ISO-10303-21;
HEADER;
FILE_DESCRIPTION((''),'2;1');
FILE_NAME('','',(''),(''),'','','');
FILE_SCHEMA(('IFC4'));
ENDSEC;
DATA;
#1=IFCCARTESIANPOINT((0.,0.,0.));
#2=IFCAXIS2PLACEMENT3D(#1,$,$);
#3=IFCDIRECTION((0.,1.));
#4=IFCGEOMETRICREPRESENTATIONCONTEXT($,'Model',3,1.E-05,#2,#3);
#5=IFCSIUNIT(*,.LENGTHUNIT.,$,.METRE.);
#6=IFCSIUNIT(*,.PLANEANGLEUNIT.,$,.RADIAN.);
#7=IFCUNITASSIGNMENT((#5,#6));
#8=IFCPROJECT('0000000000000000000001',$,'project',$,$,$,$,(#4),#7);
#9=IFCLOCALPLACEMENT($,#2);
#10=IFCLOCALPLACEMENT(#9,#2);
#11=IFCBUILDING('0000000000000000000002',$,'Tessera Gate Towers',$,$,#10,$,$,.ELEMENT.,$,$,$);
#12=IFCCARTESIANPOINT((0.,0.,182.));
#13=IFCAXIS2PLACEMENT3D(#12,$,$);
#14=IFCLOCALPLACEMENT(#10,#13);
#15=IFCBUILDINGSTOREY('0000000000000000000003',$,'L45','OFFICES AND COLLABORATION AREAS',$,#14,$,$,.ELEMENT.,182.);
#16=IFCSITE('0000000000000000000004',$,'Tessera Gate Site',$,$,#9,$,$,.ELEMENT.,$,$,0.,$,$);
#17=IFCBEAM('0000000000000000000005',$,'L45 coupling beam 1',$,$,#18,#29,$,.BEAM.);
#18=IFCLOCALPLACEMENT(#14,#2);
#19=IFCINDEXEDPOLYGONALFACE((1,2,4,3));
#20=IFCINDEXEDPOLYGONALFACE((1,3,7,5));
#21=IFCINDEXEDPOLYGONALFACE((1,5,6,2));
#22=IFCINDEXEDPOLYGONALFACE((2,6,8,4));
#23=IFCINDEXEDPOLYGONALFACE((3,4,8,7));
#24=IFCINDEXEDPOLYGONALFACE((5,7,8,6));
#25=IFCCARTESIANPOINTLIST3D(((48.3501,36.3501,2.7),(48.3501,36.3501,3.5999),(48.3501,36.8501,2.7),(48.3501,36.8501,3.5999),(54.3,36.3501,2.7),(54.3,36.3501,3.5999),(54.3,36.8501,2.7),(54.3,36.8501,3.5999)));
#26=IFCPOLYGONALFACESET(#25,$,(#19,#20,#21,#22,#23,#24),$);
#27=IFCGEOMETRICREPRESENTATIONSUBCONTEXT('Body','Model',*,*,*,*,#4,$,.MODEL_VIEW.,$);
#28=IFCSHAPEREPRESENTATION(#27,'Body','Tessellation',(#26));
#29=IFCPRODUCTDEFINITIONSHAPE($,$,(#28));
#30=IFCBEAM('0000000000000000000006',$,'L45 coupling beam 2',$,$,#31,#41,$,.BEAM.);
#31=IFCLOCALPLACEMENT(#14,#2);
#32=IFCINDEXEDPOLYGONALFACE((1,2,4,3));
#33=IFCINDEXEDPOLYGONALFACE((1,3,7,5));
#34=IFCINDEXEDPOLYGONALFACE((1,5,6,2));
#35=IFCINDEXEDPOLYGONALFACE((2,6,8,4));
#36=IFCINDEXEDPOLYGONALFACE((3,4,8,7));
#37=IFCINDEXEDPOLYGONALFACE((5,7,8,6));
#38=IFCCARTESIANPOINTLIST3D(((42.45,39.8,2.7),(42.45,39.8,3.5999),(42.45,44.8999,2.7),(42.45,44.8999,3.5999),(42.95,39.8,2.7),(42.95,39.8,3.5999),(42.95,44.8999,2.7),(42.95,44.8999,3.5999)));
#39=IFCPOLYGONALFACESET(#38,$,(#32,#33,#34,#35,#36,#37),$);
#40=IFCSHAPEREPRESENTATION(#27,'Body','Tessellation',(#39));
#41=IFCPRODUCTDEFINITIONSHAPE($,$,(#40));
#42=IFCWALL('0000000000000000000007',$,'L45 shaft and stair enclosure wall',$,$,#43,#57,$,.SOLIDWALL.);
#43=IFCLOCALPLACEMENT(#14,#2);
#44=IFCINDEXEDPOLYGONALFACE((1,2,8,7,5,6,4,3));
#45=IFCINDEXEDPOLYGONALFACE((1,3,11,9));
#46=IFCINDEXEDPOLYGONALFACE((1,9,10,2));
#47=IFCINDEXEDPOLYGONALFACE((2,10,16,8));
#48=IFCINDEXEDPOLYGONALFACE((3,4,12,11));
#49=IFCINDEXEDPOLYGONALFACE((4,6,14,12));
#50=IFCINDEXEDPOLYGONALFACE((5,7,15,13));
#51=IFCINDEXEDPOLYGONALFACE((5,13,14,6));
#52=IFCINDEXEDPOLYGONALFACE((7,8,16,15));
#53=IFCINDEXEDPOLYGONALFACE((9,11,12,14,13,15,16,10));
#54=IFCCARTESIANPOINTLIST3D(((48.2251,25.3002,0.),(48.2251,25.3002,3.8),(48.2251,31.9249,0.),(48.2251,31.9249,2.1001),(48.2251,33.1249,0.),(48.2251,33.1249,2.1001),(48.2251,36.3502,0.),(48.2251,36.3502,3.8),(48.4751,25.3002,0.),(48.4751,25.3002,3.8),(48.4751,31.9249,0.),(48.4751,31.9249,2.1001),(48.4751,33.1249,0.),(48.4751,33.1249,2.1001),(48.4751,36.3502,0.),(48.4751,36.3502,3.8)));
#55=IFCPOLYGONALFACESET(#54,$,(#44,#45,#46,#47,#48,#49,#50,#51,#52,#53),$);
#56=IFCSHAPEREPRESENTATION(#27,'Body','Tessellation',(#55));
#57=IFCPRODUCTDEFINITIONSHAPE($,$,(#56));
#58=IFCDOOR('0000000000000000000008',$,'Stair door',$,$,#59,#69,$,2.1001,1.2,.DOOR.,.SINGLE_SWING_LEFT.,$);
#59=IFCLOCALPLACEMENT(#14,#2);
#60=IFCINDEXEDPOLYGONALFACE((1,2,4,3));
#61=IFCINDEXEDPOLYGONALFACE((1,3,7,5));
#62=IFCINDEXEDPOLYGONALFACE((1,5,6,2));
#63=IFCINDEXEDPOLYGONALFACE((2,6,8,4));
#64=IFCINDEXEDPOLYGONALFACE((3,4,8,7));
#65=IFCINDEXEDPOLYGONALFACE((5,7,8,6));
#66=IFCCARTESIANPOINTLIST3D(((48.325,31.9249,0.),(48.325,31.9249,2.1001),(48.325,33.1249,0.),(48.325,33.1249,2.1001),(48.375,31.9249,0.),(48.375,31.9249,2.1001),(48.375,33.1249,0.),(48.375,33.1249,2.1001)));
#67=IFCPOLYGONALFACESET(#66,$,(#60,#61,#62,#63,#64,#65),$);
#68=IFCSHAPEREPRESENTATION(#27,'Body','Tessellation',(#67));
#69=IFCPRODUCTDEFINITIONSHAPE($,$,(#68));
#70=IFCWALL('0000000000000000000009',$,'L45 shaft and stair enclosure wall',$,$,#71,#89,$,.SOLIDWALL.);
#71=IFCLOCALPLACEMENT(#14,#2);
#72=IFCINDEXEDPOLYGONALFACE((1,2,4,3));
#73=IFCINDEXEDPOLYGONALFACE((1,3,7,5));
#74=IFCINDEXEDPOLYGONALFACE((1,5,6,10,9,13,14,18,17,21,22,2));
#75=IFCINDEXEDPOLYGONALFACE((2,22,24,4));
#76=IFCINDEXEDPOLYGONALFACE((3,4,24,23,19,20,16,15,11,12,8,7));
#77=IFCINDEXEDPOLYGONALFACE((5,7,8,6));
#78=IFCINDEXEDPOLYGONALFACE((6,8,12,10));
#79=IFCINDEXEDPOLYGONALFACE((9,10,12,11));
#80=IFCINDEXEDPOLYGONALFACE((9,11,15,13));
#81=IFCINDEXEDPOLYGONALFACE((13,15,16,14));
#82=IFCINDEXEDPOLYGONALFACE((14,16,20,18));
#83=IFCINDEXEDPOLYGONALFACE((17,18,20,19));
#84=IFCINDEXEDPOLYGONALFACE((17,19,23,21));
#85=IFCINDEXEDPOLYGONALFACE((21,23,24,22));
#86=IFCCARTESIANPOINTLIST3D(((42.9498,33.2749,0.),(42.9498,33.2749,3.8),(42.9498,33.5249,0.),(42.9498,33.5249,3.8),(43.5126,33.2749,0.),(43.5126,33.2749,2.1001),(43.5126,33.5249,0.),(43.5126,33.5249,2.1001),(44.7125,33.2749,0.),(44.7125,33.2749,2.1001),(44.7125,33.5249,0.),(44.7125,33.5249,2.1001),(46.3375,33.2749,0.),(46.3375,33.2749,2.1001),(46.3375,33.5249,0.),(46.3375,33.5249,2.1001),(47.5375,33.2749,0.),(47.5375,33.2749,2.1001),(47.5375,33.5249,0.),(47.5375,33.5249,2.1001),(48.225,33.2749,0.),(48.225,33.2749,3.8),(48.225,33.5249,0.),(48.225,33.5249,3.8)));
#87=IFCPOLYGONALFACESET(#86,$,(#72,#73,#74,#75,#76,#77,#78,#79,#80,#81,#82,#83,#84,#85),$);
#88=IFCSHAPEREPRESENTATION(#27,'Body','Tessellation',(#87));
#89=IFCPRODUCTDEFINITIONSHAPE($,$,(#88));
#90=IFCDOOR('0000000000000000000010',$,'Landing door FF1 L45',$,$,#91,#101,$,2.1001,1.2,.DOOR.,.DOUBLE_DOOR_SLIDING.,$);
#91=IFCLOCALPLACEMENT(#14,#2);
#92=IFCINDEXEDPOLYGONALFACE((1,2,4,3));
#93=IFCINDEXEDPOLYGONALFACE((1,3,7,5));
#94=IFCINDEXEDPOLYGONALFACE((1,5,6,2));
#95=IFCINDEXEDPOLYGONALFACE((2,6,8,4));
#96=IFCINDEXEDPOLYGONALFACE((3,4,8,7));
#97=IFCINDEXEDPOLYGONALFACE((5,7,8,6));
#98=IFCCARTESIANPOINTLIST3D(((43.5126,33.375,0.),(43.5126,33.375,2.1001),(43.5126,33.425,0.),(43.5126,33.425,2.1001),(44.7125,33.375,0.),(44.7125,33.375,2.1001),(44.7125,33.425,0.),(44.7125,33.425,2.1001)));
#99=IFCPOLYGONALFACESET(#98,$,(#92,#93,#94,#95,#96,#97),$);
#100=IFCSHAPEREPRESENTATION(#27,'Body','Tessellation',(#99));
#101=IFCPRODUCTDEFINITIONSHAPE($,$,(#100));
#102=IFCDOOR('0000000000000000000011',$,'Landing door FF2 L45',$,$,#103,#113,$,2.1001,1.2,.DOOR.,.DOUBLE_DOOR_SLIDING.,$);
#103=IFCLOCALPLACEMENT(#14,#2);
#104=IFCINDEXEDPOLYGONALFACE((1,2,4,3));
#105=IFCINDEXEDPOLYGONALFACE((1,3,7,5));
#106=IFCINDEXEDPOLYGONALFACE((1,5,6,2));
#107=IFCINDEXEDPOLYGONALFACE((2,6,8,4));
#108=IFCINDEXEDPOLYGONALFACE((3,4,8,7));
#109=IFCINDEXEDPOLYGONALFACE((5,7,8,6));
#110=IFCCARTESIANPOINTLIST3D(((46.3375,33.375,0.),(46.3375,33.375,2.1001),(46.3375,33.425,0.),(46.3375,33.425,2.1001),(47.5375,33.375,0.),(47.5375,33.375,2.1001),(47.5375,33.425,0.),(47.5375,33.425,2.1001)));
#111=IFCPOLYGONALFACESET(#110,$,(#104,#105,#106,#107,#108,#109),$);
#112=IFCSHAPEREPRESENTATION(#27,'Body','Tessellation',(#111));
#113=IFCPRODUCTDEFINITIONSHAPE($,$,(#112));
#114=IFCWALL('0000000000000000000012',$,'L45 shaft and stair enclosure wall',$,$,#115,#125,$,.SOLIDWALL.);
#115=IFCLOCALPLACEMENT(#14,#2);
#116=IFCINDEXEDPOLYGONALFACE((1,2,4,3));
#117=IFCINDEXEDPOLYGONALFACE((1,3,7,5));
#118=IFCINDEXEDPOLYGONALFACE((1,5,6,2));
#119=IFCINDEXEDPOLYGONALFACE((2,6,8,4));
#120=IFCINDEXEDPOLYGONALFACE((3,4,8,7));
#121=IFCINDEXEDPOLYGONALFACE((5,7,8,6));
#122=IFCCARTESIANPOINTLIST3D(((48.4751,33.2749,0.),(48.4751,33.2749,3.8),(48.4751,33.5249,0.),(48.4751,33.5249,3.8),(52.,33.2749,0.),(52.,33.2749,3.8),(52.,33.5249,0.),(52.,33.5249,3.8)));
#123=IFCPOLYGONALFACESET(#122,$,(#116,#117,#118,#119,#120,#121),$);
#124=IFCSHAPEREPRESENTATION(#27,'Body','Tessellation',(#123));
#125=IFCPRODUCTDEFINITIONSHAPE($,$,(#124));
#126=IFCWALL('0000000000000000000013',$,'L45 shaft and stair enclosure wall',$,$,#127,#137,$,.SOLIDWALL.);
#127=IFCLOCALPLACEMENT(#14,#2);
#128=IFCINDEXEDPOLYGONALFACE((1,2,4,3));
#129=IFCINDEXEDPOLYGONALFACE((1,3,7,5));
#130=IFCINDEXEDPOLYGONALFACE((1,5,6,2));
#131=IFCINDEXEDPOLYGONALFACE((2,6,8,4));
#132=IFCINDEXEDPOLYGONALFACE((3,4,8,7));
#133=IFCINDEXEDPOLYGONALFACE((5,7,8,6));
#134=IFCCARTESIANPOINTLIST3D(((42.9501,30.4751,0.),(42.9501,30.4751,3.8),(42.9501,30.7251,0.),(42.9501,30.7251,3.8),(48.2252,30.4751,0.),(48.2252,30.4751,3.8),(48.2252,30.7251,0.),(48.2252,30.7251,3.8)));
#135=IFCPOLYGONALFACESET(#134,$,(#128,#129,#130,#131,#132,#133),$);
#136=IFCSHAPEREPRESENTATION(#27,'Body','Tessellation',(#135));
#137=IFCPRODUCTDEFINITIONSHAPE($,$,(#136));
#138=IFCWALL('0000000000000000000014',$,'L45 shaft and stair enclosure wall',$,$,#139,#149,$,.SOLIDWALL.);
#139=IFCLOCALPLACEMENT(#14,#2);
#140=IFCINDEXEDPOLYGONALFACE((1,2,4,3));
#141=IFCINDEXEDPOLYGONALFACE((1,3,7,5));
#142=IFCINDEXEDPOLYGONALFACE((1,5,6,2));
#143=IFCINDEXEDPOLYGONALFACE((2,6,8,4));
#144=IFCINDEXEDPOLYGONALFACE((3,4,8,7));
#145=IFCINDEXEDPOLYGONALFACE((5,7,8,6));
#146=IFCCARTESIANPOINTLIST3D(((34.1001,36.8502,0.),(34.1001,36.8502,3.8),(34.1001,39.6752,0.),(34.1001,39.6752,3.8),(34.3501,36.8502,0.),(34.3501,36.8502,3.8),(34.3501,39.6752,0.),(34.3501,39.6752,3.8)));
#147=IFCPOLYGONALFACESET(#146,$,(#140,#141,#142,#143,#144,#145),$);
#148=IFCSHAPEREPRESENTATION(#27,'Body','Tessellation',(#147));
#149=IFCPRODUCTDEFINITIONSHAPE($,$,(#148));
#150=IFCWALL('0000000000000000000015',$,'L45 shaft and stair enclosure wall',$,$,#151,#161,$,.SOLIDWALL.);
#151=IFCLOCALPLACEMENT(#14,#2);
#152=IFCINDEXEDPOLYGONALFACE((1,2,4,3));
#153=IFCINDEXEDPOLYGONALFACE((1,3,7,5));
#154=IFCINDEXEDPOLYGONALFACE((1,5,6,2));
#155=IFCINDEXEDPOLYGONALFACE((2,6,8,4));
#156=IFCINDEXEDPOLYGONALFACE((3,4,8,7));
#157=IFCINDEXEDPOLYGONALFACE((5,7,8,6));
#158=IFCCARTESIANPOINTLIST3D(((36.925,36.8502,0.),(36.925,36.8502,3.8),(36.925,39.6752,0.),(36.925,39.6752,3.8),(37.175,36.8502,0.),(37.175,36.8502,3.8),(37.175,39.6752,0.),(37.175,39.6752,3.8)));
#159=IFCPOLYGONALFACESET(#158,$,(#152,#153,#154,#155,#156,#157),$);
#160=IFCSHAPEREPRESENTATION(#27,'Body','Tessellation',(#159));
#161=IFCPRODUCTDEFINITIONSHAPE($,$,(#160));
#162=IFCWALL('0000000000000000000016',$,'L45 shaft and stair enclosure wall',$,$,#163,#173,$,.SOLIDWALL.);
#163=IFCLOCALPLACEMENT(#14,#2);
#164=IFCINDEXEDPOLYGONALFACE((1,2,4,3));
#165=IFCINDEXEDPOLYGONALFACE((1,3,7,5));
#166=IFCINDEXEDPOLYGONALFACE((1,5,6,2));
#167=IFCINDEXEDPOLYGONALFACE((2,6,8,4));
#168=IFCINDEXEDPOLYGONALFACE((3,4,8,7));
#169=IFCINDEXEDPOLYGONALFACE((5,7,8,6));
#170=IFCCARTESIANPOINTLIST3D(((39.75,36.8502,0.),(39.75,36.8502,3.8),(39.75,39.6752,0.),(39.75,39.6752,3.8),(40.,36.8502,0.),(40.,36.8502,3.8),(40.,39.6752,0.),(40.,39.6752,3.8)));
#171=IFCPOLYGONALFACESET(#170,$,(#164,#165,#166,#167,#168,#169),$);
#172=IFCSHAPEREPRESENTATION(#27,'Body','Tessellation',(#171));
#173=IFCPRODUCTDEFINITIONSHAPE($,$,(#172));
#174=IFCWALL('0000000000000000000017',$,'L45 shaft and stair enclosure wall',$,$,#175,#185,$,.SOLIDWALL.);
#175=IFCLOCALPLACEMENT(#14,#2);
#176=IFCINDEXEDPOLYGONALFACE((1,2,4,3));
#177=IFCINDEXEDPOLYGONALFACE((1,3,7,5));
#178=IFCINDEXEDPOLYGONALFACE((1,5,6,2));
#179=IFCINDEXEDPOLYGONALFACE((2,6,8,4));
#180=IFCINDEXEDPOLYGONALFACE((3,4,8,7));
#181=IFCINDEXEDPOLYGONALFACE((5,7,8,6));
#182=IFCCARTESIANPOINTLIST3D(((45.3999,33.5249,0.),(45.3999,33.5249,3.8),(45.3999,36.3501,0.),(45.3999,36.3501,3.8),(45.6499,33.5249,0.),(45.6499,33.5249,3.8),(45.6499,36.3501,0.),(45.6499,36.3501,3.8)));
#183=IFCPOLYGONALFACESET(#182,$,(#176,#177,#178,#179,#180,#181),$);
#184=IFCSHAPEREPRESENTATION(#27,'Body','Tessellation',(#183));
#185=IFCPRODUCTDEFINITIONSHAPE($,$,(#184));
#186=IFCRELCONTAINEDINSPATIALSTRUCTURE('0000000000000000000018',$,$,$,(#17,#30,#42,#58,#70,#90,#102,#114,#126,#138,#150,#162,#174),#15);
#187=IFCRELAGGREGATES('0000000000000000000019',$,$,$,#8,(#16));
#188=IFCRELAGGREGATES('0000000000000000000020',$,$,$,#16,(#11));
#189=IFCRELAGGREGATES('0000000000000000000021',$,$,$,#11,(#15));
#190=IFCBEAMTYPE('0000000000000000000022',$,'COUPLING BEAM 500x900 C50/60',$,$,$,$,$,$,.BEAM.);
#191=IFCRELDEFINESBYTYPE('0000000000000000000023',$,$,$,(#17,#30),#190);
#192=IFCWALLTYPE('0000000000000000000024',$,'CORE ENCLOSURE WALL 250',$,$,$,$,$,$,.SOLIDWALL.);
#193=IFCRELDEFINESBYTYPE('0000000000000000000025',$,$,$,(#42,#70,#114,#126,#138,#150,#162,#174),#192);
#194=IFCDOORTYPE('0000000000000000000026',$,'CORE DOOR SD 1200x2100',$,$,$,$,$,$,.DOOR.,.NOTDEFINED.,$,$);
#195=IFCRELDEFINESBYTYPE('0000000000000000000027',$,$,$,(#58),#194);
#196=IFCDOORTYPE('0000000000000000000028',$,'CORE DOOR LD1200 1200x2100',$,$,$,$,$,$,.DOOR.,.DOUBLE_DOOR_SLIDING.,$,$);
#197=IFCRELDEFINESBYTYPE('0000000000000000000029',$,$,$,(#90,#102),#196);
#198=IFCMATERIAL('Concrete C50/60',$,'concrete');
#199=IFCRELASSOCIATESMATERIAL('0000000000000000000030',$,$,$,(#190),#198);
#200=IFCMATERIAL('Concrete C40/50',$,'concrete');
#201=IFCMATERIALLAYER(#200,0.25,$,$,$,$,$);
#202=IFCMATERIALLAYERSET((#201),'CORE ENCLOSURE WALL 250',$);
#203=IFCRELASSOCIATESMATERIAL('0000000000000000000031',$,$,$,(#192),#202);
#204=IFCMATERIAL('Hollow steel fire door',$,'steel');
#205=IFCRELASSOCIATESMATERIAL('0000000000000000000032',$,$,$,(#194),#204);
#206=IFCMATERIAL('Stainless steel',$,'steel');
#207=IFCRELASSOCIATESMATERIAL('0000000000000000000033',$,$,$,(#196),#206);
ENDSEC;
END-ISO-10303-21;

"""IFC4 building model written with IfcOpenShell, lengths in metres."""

from ifc_helpers import new_model, si_unit, direction, frame, frame_2d, origin, origin_2d, place, context, subcontext, project, spatial, rectangle, extrude, source, transform, mapped, material, layer, layer_set, material_profile, profile_set, type_object, element, fill, save


model = new_model("IFC4")

# Units and contexts
model_context = context("Model", 3, precision=1e-05, world=origin(), true_north=direction((0.0, 1.0)))
body_context = subcontext(model_context, "Body", "Model", "MODEL_VIEW")
ifc_project = project(units=[si_unit("LENGTHUNIT", "METRE"), si_unit("PLANEANGLEUNIT", "RADIAN")], contexts=[model_context])

# Site, building, storey
site_placement = place(None, origin())
site = spatial("IfcSite", under=ifc_project, at=site_placement, Name="Tessera Gate Site", CompositionType="ELEMENT", RefElevation=0.0)
building_placement = place(site_placement, origin())
building = spatial("IfcBuilding", under=site, at=building_placement, Name="Tessera Gate Towers", CompositionType="ELEMENT")
storey_placement = place(building_placement, frame((0.0, 0.0, 182.0)))
storey = spatial("IfcBuildingStorey", under=building, at=storey_placement, Name="L45", Description="OFFICES AND COLLABORATION AREAS", CompositionType="ELEMENT", Elevation=182.0)

# Beams
ifc_material_1 = material(Name="Concrete C50/60", Category="concrete")
ifc_material_profile = material_profile(ifc_material_1, rectangle(XDim=0.5, YDim=0.8999, at=origin_2d()), Name="RC 500x900")
ifc_profile_set = profile_set([ifc_material_profile], Name="Concrete C50/60")
beam_type = type_object("IfcBeamType", Name="COUPLING BEAM 500x900 C50/60", PredefinedType="BEAM", material=ifc_profile_set)
beam_1_placement = place(storey_placement, frame((48.3501, 36.6001, 3.1499), z_axis=(1.0, 0.0, 0.0), x_axis=(0.0, 1.0, 0.0)))
element("IfcBeam", 1, at=beam_1_placement, inside=storey, type_object=beam_type, Name="L45 coupling beam 1", PredefinedType="BEAM", context=body_context, shape_type="SweptSolid", body=[
    extrude(rectangle(XDim=0.5, YDim=0.8999, at=origin_2d()), origin(), (0.0, 0.0, 1.0), 5.95),
])
beam_2_placement = place(storey_placement, frame((42.7, 39.8, 3.1499), z_axis=(0.0, 1.0, 0.0), x_axis=(-1.0, 0.0, 0.0)))
element("IfcBeam", 2, at=beam_2_placement, inside=storey, type_object=beam_type, Name="L45 coupling beam 2", PredefinedType="BEAM", context=body_context, shape_type="SweptSolid", body=[
    extrude(rectangle(XDim=0.5, YDim=0.8999, at=origin_2d()), origin(), (0.0, 0.0, 1.0), 5.0999),
])

# Wall, opening, door
ifc_material_2 = material(Name="Concrete C40/50", Category="concrete")
ifc_layer_1 = layer(ifc_material_2, 0.25)
ifc_layer_set_1 = layer_set([ifc_layer_1], Name="CORE ENCLOSURE WALL 250")
wall_type_1 = type_object("IfcWallType", Name="CORE ENCLOSURE WALL 250", PredefinedType="SOLIDWALL", material=ifc_layer_set_1)
wall_1_placement = place(storey_placement, frame((48.3501, 36.3501, 0.0), z_axis=(0.0, 0.0, 1.0), x_axis=(0.0, -1.0, 0.0)))
wall_1 = element("IfcWall", 3, at=wall_1_placement, inside=storey, type_object=wall_type_1, Name="L45 shaft and stair enclosure wall", PredefinedType="SOLIDWALL", context=body_context, shape_type="SweptSolid", body=[
    extrude(rectangle(XDim=11.05, YDim=0.25, at=frame_2d((5.5249, 0.0))), origin(), (0.0, 0.0, 1.0), 3.8),
])
shared_shape_1 = source(origin(), body_context, "Body", "SweptSolid", [
    extrude(rectangle(XDim=1.2, YDim=2.1001, at=frame_2d((0.6001, 1.05))), frame((0.0, 0.135, 0.0), z_axis=(0.0, -1.0, 0.0), x_axis=(1.0, 0.0, 0.0)), (0.0, 0.0, 1.0), 0.27),
])
opening_1_placement = place(wall_1_placement, frame((3.2251, 0.0, 0.0)))
opening_1 = element("IfcOpeningElement", 4, at=opening_1_placement, cuts=wall_1, PredefinedType="OPENING", context=body_context, shape_type="MappedRepresentation", body=[
    mapped(shared_shape_1, transform((0.0, 0.0, 0.0), scale=1.0)),
])
ifc_material_3 = material(Name="Hollow steel fire door", Category="steel")
door_type_1 = type_object("IfcDoorType", Name="CORE DOOR SD 1200x2100", OperationType="NOTDEFINED", PredefinedType="DOOR", material=ifc_material_3)
shared_shape_2 = source(origin(), body_context, "Body", "SweptSolid", [
    extrude(rectangle(XDim=1.2, YDim=2.1001, at=frame_2d((0.6001, 1.05))), frame((0.0, 0.0249, 0.0), z_axis=(0.0, -1.0, 0.0), x_axis=(1.0, 0.0, 0.0)), (0.0, 0.0, 1.0), 0.05),
])
door_1_placement = place(opening_1_placement, origin())
door_1 = element("IfcDoor", 5, at=door_1_placement, inside=storey, type_object=door_type_1, Name="Stair door", OperationType="SINGLE_SWING_LEFT", OverallHeight=2.1001, OverallWidth=1.2, PredefinedType="DOOR", context=body_context, shape_type="MappedRepresentation", body=[
    mapped(shared_shape_2, transform((0.0, 0.0, 0.0), scale=1.0)),
])
fill(opening_1, door_1)

# Wall, openings, doors
wall_2_placement = place(storey_placement, frame((48.2251, 33.3999, 0.0), z_axis=(0.0, 0.0, 1.0), x_axis=(-1.0, 0.0, 0.0)))
wall_2 = element("IfcWall", 6, at=wall_2_placement, inside=storey, type_object=wall_type_1, Name="L45 shaft and stair enclosure wall", PredefinedType="SOLIDWALL", context=body_context, shape_type="SweptSolid", body=[
    extrude(rectangle(XDim=5.2751, YDim=0.25, at=frame_2d((2.6377, 0.0))), origin(), (0.0, 0.0, 1.0), 3.8),
])
opening_2_placement = place(wall_2_placement, frame((3.5125, 0.0, 0.0)))
opening_2 = element("IfcOpeningElement", 7, at=opening_2_placement, cuts=wall_2, PredefinedType="OPENING", context=body_context, shape_type="MappedRepresentation", body=[
    mapped(shared_shape_1, transform((0.0, 0.0, 0.0), scale=1.0)),
])
opening_3_placement = place(wall_2_placement, frame((0.6875, 0.0, 0.0)))
opening_3 = element("IfcOpeningElement", 8, at=opening_3_placement, cuts=wall_2, PredefinedType="OPENING", context=body_context, shape_type="MappedRepresentation", body=[
    mapped(shared_shape_1, transform((0.0, 0.0, 0.0), scale=1.0)),
])
ifc_material_4 = material(Name="Stainless steel", Category="steel")
door_type_2 = type_object("IfcDoorType", Name="CORE DOOR LD1200 1200x2100", OperationType="DOUBLE_DOOR_SLIDING", PredefinedType="DOOR", material=ifc_material_4)
door_2_placement = place(opening_2_placement, origin())
door_2 = element("IfcDoor", 9, at=door_2_placement, inside=storey, type_object=door_type_2, Name="Landing door FF1 L45", OperationType="DOUBLE_DOOR_SLIDING", OverallHeight=2.1001, OverallWidth=1.2, PredefinedType="DOOR", context=body_context, shape_type="MappedRepresentation", body=[
    mapped(shared_shape_2, transform((0.0, 0.0, 0.0), scale=1.0)),
])
fill(opening_2, door_2)
door_3_placement = place(opening_3_placement, origin())
door_3 = element("IfcDoor", 10, at=door_3_placement, inside=storey, type_object=door_type_2, Name="Landing door FF2 L45", OperationType="DOUBLE_DOOR_SLIDING", OverallHeight=2.1001, OverallWidth=1.2, PredefinedType="DOOR", context=body_context, shape_type="MappedRepresentation", body=[
    mapped(shared_shape_2, transform((0.0, 0.0, 0.0), scale=1.0)),
])
fill(opening_3, door_3)

# Walls
wall_3_placement = place(storey_placement, frame((48.4751, 33.3999, 0.0), z_axis=(0.0, 0.0, 1.0), x_axis=(1.0, 0.0, 0.0)))
element("IfcWall", 11, at=wall_3_placement, inside=storey, type_object=wall_type_1, Name="L45 shaft and stair enclosure wall", PredefinedType="SOLIDWALL", context=body_context, shape_type="SweptSolid", body=[
    extrude(rectangle(XDim=3.5249, YDim=0.25, at=frame_2d((1.7625, 0.0))), origin(), (0.0, 0.0, 1.0), 3.8),
])
wall_4_placement = place(storey_placement, frame((42.95, 30.6001, 0.0), z_axis=(0.0, 0.0, 1.0), x_axis=(1.0, 0.0, 0.0)))
element("IfcWall", 12, at=wall_4_placement, inside=storey, type_object=wall_type_1, Name="L45 shaft and stair enclosure wall", PredefinedType="SOLIDWALL", context=body_context, shape_type="SweptSolid", body=[
    extrude(rectangle(XDim=5.2751, YDim=0.25, at=frame_2d((2.6377, 0.0))), origin(), (0.0, 0.0, 1.0), 3.8),
])
for number, where, z_axis, x_axis, name in (
    (13, (34.2251, 36.8501, 0.0), (0.0, 0.0, 1.0), (0.0, 1.0, 0.0), "L45 shaft and stair enclosure wall"),
    (14, (37.05, 36.8501, 0.0), (0.0, 0.0, 1.0), (0.0, 1.0, 0.0), "L45 shaft and stair enclosure wall"),
    (15, (39.875, 36.8501, 0.0), (0.0, 0.0, 1.0), (0.0, 1.0, 0.0), "L45 shaft and stair enclosure wall"),
):
    element("IfcWall", number, at=place(storey_placement, frame(where, z_axis=z_axis, x_axis=x_axis)), inside=storey, type_object=wall_type_1, Name=name, PredefinedType="SOLIDWALL", context=body_context, shape_type="SweptSolid", body=[
        extrude(rectangle(XDim=2.825, YDim=0.25, at=frame_2d((1.4126, 0.0))), origin(), (0.0, 0.0, 1.0), 3.8),
    ])
wall_5_placement = place(storey_placement, frame((45.5249, 33.5249, 0.0), z_axis=(0.0, 0.0, 1.0), x_axis=(0.0, 1.0, 0.0)))
element("IfcWall", 16, at=wall_5_placement, inside=storey, type_object=wall_type_1, Name="L45 shaft and stair enclosure wall", PredefinedType="SOLIDWALL", context=body_context, shape_type="SweptSolid", body=[
    extrude(rectangle(XDim=2.8252, YDim=0.25, at=frame_2d((1.4126, 0.0))), origin(), (0.0, 0.0, 1.0), 3.8),
])

save(model, "model.ifc")
